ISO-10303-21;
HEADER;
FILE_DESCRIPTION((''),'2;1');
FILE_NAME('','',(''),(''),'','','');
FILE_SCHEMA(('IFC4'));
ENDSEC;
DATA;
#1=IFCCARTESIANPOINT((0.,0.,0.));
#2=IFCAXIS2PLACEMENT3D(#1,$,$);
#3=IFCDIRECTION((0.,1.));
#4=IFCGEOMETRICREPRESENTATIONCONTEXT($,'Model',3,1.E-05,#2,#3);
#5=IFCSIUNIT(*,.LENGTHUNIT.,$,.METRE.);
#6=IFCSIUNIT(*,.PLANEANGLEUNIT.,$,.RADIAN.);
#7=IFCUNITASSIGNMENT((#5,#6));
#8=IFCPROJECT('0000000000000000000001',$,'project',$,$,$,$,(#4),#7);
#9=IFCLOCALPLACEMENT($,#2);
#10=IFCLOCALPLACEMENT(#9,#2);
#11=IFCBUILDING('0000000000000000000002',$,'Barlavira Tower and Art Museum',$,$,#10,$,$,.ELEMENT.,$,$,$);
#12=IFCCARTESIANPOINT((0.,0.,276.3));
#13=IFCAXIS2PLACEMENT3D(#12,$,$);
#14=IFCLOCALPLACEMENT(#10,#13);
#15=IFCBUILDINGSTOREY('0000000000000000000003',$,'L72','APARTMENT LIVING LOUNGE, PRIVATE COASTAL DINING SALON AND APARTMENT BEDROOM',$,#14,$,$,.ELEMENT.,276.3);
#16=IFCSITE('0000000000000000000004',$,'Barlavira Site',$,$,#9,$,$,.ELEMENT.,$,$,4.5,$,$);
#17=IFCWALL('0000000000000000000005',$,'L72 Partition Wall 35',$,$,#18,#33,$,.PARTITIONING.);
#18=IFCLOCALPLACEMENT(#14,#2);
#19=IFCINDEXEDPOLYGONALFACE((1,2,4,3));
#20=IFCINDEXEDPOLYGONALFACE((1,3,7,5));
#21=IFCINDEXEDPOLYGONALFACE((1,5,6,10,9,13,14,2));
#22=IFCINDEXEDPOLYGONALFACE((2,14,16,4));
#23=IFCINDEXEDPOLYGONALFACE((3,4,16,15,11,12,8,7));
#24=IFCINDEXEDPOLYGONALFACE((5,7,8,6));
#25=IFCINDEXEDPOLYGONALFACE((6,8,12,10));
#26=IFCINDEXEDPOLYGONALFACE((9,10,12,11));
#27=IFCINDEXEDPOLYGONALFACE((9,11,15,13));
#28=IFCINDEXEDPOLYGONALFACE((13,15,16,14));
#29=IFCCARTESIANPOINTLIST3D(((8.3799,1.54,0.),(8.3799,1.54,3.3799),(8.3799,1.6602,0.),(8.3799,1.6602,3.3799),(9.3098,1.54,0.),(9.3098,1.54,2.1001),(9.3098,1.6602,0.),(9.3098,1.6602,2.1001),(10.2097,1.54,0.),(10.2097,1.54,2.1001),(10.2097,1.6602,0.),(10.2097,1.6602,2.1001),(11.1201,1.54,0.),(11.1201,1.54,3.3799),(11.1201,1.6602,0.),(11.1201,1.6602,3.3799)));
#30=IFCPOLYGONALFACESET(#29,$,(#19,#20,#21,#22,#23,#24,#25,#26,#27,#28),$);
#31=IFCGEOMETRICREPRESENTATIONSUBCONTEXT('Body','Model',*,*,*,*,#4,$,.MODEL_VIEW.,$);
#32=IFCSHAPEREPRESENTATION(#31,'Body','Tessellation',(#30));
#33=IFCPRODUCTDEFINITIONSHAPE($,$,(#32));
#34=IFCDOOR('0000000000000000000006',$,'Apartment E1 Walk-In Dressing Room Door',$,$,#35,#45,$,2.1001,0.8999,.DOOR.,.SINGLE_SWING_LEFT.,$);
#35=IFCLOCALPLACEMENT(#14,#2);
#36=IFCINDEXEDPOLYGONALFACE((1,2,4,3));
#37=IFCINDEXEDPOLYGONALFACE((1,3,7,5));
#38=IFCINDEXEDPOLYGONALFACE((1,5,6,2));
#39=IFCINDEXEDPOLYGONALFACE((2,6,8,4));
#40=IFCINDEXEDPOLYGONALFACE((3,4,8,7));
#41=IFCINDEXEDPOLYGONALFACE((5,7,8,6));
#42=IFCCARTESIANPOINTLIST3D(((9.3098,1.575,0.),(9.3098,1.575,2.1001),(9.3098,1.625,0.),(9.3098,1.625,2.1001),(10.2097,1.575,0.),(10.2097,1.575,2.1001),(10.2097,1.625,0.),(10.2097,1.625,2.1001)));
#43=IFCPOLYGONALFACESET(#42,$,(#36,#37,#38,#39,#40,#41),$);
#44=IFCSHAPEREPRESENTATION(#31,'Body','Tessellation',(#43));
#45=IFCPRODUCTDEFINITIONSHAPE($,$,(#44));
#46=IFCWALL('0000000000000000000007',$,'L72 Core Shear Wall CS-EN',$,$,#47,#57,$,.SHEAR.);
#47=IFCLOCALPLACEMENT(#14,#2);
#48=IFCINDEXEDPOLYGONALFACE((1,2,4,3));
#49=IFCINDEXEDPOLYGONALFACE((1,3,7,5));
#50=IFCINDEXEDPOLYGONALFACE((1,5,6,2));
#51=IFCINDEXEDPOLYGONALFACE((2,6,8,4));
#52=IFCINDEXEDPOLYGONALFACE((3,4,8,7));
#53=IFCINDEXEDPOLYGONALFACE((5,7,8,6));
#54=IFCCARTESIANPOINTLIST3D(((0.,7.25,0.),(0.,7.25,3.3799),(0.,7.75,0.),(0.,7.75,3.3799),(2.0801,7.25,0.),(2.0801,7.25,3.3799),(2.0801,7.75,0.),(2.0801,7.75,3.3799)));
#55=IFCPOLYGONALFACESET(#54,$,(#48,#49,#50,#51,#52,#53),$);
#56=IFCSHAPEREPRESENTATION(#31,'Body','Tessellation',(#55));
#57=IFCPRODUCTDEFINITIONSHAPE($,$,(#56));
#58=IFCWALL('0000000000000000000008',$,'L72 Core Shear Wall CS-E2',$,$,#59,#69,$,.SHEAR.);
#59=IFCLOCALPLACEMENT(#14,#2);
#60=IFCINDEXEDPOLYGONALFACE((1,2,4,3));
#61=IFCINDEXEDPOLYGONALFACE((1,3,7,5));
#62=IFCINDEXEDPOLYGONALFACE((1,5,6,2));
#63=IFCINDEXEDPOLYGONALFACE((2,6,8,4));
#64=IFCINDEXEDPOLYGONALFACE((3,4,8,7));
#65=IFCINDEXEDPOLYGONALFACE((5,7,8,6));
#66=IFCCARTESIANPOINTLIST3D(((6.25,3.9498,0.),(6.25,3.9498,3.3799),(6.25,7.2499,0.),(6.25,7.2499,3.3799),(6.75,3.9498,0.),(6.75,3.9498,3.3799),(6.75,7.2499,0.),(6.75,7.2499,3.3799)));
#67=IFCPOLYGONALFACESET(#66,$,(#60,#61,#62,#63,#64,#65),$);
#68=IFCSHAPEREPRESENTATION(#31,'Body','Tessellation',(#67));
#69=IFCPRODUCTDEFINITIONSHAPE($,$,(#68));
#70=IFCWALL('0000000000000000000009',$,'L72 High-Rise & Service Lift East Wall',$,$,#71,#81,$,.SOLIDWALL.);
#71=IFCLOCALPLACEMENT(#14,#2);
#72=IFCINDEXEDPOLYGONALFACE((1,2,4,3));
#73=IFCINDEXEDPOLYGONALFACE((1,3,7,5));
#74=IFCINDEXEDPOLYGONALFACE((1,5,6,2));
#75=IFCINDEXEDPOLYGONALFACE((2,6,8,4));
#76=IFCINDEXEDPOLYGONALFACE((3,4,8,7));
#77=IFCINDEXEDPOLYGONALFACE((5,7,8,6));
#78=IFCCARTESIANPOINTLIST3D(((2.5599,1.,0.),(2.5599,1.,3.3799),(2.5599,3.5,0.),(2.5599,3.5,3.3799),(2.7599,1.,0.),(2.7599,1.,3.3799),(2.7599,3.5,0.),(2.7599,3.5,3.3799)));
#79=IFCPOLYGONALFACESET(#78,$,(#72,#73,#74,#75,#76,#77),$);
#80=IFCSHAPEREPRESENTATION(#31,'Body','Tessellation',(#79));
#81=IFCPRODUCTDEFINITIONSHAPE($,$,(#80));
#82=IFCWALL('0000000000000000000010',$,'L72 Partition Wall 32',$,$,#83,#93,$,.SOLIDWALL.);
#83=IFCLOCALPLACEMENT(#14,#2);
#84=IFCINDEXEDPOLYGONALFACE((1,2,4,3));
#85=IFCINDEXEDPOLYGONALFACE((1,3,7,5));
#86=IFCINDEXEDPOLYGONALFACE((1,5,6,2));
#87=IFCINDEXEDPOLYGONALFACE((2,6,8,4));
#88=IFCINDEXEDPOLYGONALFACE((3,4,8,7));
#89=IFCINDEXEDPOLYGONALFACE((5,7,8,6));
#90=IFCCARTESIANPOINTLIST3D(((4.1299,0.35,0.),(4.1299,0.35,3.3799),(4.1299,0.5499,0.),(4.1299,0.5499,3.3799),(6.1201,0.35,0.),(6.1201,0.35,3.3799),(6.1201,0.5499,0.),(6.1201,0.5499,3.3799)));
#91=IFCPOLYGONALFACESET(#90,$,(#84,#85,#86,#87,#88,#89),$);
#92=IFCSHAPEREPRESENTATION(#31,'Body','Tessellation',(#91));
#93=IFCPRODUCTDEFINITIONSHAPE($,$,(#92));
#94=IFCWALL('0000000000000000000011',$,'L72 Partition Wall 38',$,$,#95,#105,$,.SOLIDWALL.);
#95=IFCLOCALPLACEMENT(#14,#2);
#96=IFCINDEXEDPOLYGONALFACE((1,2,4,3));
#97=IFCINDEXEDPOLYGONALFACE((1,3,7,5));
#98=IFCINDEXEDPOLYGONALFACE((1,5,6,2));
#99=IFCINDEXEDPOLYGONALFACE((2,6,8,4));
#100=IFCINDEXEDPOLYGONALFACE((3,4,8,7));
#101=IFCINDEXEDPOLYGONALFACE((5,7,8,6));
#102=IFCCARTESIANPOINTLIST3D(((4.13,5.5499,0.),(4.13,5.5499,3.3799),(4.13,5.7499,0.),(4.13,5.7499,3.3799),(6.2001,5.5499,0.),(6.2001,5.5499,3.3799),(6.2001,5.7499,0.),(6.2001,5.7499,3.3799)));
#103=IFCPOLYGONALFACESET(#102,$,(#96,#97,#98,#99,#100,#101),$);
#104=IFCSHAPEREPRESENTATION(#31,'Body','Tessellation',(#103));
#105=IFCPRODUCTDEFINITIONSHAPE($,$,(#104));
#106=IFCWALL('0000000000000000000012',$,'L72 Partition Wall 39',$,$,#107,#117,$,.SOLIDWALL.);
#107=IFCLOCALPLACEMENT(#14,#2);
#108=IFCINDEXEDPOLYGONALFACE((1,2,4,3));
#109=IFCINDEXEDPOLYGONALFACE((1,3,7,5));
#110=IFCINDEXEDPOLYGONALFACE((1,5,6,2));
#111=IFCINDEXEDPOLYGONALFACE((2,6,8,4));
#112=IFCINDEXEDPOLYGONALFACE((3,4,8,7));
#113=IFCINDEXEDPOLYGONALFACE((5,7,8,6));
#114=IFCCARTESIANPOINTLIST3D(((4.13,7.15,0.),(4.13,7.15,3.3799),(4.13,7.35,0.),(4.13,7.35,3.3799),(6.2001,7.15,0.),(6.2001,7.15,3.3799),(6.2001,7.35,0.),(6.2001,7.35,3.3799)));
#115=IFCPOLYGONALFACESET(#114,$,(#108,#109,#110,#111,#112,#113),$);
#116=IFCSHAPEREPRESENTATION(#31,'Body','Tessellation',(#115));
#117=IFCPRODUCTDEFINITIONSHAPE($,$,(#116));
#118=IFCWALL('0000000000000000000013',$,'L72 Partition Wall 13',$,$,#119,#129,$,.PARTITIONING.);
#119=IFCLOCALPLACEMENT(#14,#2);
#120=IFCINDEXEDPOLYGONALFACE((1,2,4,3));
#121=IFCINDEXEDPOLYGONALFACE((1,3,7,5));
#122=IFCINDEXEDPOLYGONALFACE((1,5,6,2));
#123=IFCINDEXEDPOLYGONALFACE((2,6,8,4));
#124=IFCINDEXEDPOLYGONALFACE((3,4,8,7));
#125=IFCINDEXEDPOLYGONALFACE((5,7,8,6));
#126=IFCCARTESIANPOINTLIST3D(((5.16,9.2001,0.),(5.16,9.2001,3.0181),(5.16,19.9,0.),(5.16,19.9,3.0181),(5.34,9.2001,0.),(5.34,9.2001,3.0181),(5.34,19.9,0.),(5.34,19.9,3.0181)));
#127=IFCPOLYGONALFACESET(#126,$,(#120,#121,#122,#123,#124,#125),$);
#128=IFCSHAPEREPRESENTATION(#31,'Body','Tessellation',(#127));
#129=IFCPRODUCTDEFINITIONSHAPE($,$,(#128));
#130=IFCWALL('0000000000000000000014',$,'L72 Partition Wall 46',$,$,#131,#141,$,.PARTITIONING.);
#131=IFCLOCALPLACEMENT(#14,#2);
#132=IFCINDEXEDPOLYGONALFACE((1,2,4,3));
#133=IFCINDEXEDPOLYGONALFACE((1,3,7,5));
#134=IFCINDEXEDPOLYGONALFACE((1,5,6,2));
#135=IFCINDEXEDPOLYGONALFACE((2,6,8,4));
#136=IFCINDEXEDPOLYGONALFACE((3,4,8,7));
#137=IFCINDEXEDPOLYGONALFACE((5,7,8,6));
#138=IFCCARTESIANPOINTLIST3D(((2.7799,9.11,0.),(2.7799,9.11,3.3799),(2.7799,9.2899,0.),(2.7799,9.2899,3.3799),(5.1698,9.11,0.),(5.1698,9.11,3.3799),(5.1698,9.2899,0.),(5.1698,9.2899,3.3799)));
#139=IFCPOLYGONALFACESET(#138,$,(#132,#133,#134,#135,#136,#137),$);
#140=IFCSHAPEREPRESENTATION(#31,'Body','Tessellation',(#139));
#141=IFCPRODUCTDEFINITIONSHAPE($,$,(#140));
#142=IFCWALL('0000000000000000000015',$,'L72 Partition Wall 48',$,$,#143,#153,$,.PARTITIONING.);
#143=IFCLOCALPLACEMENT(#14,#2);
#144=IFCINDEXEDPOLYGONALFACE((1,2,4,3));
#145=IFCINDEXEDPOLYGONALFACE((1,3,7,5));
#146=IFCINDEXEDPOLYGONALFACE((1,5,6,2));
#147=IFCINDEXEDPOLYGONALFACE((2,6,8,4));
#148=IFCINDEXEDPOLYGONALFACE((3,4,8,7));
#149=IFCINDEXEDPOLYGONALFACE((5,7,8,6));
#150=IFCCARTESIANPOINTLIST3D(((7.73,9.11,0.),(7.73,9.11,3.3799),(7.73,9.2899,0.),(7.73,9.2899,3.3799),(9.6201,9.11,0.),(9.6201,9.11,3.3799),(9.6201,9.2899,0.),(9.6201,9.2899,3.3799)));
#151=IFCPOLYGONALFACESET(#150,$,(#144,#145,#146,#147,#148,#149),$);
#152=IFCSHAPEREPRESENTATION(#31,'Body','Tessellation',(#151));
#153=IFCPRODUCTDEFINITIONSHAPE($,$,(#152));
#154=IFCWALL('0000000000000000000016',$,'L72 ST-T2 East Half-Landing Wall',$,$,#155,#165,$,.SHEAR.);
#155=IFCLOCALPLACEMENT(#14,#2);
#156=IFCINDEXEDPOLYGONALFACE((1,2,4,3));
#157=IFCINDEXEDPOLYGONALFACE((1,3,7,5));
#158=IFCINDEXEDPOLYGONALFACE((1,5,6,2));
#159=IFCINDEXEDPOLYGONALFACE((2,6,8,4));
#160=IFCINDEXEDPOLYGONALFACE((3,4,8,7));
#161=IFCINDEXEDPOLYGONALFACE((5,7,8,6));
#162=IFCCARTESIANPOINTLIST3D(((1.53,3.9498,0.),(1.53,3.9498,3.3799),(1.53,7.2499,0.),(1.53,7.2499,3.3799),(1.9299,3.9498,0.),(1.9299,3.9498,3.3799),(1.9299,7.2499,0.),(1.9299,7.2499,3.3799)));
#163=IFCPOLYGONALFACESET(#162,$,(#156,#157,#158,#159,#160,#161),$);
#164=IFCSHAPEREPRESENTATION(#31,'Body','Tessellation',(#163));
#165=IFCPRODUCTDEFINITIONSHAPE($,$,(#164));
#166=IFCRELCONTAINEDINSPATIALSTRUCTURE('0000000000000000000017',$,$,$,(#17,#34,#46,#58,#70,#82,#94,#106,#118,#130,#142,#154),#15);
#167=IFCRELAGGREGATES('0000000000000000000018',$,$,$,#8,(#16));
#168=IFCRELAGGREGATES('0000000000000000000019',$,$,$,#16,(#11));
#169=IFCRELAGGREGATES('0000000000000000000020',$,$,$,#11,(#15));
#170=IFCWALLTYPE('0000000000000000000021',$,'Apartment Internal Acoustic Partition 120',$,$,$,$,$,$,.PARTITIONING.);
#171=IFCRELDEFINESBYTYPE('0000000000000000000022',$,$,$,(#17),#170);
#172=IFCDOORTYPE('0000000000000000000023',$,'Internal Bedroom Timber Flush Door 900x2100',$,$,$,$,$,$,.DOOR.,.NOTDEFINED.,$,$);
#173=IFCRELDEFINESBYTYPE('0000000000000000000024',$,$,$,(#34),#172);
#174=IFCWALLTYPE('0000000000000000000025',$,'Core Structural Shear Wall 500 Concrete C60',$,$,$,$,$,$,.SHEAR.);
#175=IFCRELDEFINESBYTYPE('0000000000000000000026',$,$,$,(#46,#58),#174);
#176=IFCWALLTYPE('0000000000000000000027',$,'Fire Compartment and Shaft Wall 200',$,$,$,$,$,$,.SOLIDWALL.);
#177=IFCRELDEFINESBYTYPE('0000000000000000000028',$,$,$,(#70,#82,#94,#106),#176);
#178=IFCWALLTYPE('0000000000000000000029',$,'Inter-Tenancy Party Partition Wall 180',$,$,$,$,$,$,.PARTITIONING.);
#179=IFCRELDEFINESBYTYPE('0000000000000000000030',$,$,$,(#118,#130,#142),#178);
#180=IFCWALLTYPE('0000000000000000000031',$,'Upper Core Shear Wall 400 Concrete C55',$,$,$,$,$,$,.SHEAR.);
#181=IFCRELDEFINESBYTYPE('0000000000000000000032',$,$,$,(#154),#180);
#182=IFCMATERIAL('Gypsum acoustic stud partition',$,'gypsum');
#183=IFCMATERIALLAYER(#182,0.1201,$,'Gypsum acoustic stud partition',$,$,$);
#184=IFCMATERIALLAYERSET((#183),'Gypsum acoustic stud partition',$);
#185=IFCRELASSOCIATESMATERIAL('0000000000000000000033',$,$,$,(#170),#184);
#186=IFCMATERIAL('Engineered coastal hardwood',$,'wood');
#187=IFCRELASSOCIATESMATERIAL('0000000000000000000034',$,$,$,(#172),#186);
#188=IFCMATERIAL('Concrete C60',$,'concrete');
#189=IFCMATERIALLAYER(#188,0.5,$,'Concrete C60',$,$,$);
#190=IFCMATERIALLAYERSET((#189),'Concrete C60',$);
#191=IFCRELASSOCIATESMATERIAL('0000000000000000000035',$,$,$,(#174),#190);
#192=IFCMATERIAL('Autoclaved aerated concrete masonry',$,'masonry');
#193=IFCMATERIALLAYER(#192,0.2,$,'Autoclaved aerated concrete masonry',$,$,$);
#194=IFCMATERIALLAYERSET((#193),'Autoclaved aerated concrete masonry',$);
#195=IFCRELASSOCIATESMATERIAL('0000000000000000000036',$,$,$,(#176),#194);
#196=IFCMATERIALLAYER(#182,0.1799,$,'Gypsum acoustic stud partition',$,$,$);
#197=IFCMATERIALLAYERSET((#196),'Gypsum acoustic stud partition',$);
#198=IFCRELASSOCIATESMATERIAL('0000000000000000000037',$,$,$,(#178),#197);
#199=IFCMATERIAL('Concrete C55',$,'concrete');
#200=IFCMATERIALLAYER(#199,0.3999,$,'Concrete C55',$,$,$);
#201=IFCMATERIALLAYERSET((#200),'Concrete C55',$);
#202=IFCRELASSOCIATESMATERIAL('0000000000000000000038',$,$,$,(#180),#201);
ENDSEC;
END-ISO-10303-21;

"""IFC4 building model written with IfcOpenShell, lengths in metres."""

from ifc_helpers import new_model, si_unit, direction, frame, frame_2d, origin, place, context, subcontext, project, spatial, rectangle, extrude, material, layer, layer_set, type_object, element, fill, save


model = new_model("IFC4")

# Units and contexts
model_context = context("Model", 3, precision=1e-05, world=origin(), true_north=direction((0.0, 1.0)))
body_context = subcontext(model_context, "Body", "Model", "MODEL_VIEW")
ifc_project = project(units=[si_unit("LENGTHUNIT", "METRE"), si_unit("PLANEANGLEUNIT", "RADIAN")], contexts=[model_context])

# Site, building, storey
site_placement = place(None, origin())
site = spatial("IfcSite", under=ifc_project, at=site_placement, Name="Barlavira Site", CompositionType="ELEMENT", RefElevation=4.5)
building_placement = place(site_placement, origin())
building = spatial("IfcBuilding", under=site, at=building_placement, Name="Barlavira Tower and Art Museum", CompositionType="ELEMENT")
storey_placement = place(building_placement, frame((0.0, 0.0, 276.3)))
storey = spatial("IfcBuildingStorey", under=building, at=storey_placement, Name="L72", Description="APARTMENT LIVING LOUNGE, PRIVATE COASTAL DINING SALON AND APARTMENT BEDROOM", CompositionType="ELEMENT", Elevation=276.3)

# Wall, opening, door
ifc_material_1 = material(Name="Gypsum acoustic stud partition", Category="gypsum")
ifc_layer_1 = layer(ifc_material_1, 0.1201, Name="Gypsum acoustic stud partition")
ifc_layer_set_1 = layer_set([ifc_layer_1], Name="Gypsum acoustic stud partition")
wall_type_1 = type_object("IfcWallType", Name="Apartment Internal Acoustic Partition 120", PredefinedType="PARTITIONING", material=ifc_layer_set_1)
ifc_material_2 = material(Name="Engineered coastal hardwood", Category="wood")
door_type_1 = type_object("IfcDoorType", Name="Internal Bedroom Timber Flush Door 900x2100", OperationType="NOTDEFINED", PredefinedType="DOOR", material=ifc_material_2)
wall_1_placement = place(storey_placement, frame((8.3799, 1.6001, 0.0), z_axis=(0.0, 0.0, 1.0), x_axis=(1.0, 0.0, 0.0)))
wall_1 = element("IfcWall", 1, at=wall_1_placement, inside=storey, type_object=wall_type_1, Name="L72 Partition Wall 35", PredefinedType="PARTITIONING", context=body_context, shape_type="SweptSolid", body=[
    extrude(rectangle(XDim=2.7402, YDim=0.1201, at=frame_2d((1.3701, 0.0))), origin(), (0.0, 0.0, 1.0), 3.3799),
])
opening_1_placement = place(wall_1_placement, frame((0.9299, 0.0, 0.0)))
opening_1 = element("IfcOpeningElement", 2, at=opening_1_placement, cuts=wall_1, PredefinedType="OPENING", context=body_context, shape_type="SweptSolid", body=[
    extrude(rectangle(XDim=0.8999, YDim=2.1001, at=frame_2d((0.45, 1.05))), frame((0.0, 0.0701, 0.0), z_axis=(0.0, -1.0, 0.0), x_axis=(1.0, 0.0, 0.0)), (0.0, 0.0, 1.0), 0.1401),
])
door_1_placement = place(opening_1_placement, origin())
door_1 = element("IfcDoor", 3, at=door_1_placement, inside=storey, type_object=door_type_1, Name="Apartment E1 Walk-In Dressing Room Door", OperationType="SINGLE_SWING_LEFT", OverallHeight=2.1001, OverallWidth=0.8999, PredefinedType="DOOR", context=body_context, shape_type="SweptSolid", body=[
    extrude(rectangle(XDim=0.8999, YDim=2.1001, at=frame_2d((0.45, 1.05))), frame((0.0, 0.0249, 0.0), z_axis=(0.0, -1.0, 0.0), x_axis=(1.0, 0.0, 0.0)), (0.0, 0.0, 1.0), 0.05),
])
fill(opening_1, door_1)

# Walls
ifc_material_3 = material(Name="Concrete C60", Category="concrete")
ifc_layer_2 = layer(ifc_material_3, 0.5, Name="Concrete C60")
ifc_layer_set_2 = layer_set([ifc_layer_2], Name="Concrete C60")
wall_type_2 = type_object("IfcWallType", Name="Core Structural Shear Wall 500 Concrete C60", PredefinedType="SHEAR", material=ifc_layer_set_2)
wall_2_placement = place(storey_placement, frame((0.0, 7.5, 0.0), z_axis=(0.0, 0.0, 1.0), x_axis=(1.0, 0.0, 0.0)))
element("IfcWall", 4, at=wall_2_placement, inside=storey, type_object=wall_type_2, Name="L72 Core Shear Wall CS-EN", PredefinedType="SHEAR", context=body_context, shape_type="SweptSolid", body=[
    extrude(rectangle(XDim=2.0801, YDim=0.5, at=frame_2d((1.04, 0.0))), origin(), (0.0, 0.0, 1.0), 3.3799),
])
wall_3_placement = place(storey_placement, frame((6.5, 3.95, 0.0), z_axis=(0.0, 0.0, 1.0), x_axis=(0.0, 1.0, 0.0)))
element("IfcWall", 5, at=wall_3_placement, inside=storey, type_object=wall_type_2, Name="L72 Core Shear Wall CS-E2", PredefinedType="SHEAR", context=body_context, shape_type="SweptSolid", body=[
    extrude(rectangle(XDim=3.3, YDim=0.5, at=frame_2d((1.6499, 0.0))), origin(), (0.0, 0.0, 1.0), 3.3799),
])
ifc_material_4 = material(Name="Autoclaved aerated concrete masonry", Category="masonry")
ifc_layer_3 = layer(ifc_material_4, 0.2, Name="Autoclaved aerated concrete masonry")
ifc_layer_set_3 = layer_set([ifc_layer_3], Name="Autoclaved aerated concrete masonry")
wall_type_3 = type_object("IfcWallType", Name="Fire Compartment and Shaft Wall 200", PredefinedType="SOLIDWALL", material=ifc_layer_set_3)
wall_4_placement = place(storey_placement, frame((2.6599, 1.0, 0.0), z_axis=(0.0, 0.0, 1.0), x_axis=(0.0, 1.0, 0.0)))
element("IfcWall", 6, at=wall_4_placement, inside=storey, type_object=wall_type_3, Name="L72 High-Rise & Service Lift East Wall", PredefinedType="SOLIDWALL", context=body_context, shape_type="SweptSolid", body=[
    extrude(rectangle(XDim=2.5, YDim=0.2, at=frame_2d((1.25, 0.0))), origin(), (0.0, 0.0, 1.0), 3.3799),
])
wall_5_placement = place(storey_placement, frame((4.1299, 0.45, 0.0), z_axis=(0.0, 0.0, 1.0), x_axis=(1.0, 0.0, 0.0)))
element("IfcWall", 7, at=wall_5_placement, inside=storey, type_object=wall_type_3, Name="L72 Partition Wall 32", PredefinedType="SOLIDWALL", context=body_context, shape_type="SweptSolid", body=[
    extrude(rectangle(XDim=1.9902, YDim=0.2, at=frame_2d((0.9951, 0.0))), origin(), (0.0, 0.0, 1.0), 3.3799),
])
for number, where, z_axis, x_axis, name in (
    (8, (4.1299, 5.6499, 0.0), (0.0, 0.0, 1.0), (1.0, 0.0, 0.0), "L72 Partition Wall 38"),
    (9, (4.1299, 7.25, 0.0), (0.0, 0.0, 1.0), (1.0, 0.0, 0.0), "L72 Partition Wall 39"),
):
    element("IfcWall", number, at=place(storey_placement, frame(where, z_axis=z_axis, x_axis=x_axis)), inside=storey, type_object=wall_type_3, Name=name, PredefinedType="SOLIDWALL", context=body_context, shape_type="SweptSolid", body=[
        extrude(rectangle(XDim=2.0701, YDim=0.2, at=frame_2d((1.0352, 0.0))), origin(), (0.0, 0.0, 1.0), 3.3799),
    ])
ifc_layer_4 = layer(ifc_material_1, 0.1799, Name="Gypsum acoustic stud partition")
ifc_layer_set_4 = layer_set([ifc_layer_4], Name="Gypsum acoustic stud partition")
wall_type_4 = type_object("IfcWallType", Name="Inter-Tenancy Party Partition Wall 180", PredefinedType="PARTITIONING", material=ifc_layer_set_4)
wall_6_placement = place(storey_placement, frame((5.25, 9.2, 0.0), z_axis=(0.0, 0.0, 1.0), x_axis=(0.0, 1.0, 0.0)))
element("IfcWall", 10, at=wall_6_placement, inside=storey, type_object=wall_type_4, Name="L72 Partition Wall 13", PredefinedType="PARTITIONING", context=body_context, shape_type="SweptSolid", body=[
    extrude(rectangle(XDim=10.7, YDim=0.1799, at=frame_2d((5.3501, 0.0))), origin(), (0.0, 0.0, 1.0), 3.0181),
])
wall_7_placement = place(storey_placement, frame((2.78, 9.2, 0.0), z_axis=(0.0, 0.0, 1.0), x_axis=(1.0, 0.0, 0.0)))
element("IfcWall", 11, at=wall_7_placement, inside=storey, type_object=wall_type_4, Name="L72 Partition Wall 46", PredefinedType="PARTITIONING", context=body_context, shape_type="SweptSolid", body=[
    extrude(rectangle(XDim=2.3899, YDim=0.1799, at=frame_2d((1.1948, 0.0))), origin(), (0.0, 0.0, 1.0), 3.3799),
])

# Walls
wall_8_placement = place(storey_placement, frame((7.73, 9.2, 0.0), z_axis=(0.0, 0.0, 1.0), x_axis=(1.0, 0.0, 0.0)))
element("IfcWall", 12, at=wall_8_placement, inside=storey, type_object=wall_type_4, Name="L72 Partition Wall 48", PredefinedType="PARTITIONING", context=body_context, shape_type="SweptSolid", body=[
    extrude(rectangle(XDim=1.8901, YDim=0.1799, at=frame_2d((0.9451, 0.0))), origin(), (0.0, 0.0, 1.0), 3.3799),
])
ifc_material_5 = material(Name="Concrete C55", Category="concrete")
ifc_layer_5 = layer(ifc_material_5, 0.3999, Name="Concrete C55")
ifc_layer_set_5 = layer_set([ifc_layer_5], Name="Concrete C55")
wall_type_5 = type_object("IfcWallType", Name="Upper Core Shear Wall 400 Concrete C55", PredefinedType="SHEAR", material=ifc_layer_set_5)
wall_9_placement = place(storey_placement, frame((1.73, 3.95, 0.0), z_axis=(0.0, 0.0, 1.0), x_axis=(0.0, 1.0, 0.0)))
element("IfcWall", 13, at=wall_9_placement, inside=storey, type_object=wall_type_5, Name="L72 ST-T2 East Half-Landing Wall", PredefinedType="SHEAR", context=body_context, shape_type="SweptSolid", body=[
    extrude(rectangle(XDim=3.3, YDim=0.3999, at=frame_2d((1.6499, 0.0))), origin(), (0.0, 0.0, 1.0), 3.3799),
])

save(model, "model.ifc")
